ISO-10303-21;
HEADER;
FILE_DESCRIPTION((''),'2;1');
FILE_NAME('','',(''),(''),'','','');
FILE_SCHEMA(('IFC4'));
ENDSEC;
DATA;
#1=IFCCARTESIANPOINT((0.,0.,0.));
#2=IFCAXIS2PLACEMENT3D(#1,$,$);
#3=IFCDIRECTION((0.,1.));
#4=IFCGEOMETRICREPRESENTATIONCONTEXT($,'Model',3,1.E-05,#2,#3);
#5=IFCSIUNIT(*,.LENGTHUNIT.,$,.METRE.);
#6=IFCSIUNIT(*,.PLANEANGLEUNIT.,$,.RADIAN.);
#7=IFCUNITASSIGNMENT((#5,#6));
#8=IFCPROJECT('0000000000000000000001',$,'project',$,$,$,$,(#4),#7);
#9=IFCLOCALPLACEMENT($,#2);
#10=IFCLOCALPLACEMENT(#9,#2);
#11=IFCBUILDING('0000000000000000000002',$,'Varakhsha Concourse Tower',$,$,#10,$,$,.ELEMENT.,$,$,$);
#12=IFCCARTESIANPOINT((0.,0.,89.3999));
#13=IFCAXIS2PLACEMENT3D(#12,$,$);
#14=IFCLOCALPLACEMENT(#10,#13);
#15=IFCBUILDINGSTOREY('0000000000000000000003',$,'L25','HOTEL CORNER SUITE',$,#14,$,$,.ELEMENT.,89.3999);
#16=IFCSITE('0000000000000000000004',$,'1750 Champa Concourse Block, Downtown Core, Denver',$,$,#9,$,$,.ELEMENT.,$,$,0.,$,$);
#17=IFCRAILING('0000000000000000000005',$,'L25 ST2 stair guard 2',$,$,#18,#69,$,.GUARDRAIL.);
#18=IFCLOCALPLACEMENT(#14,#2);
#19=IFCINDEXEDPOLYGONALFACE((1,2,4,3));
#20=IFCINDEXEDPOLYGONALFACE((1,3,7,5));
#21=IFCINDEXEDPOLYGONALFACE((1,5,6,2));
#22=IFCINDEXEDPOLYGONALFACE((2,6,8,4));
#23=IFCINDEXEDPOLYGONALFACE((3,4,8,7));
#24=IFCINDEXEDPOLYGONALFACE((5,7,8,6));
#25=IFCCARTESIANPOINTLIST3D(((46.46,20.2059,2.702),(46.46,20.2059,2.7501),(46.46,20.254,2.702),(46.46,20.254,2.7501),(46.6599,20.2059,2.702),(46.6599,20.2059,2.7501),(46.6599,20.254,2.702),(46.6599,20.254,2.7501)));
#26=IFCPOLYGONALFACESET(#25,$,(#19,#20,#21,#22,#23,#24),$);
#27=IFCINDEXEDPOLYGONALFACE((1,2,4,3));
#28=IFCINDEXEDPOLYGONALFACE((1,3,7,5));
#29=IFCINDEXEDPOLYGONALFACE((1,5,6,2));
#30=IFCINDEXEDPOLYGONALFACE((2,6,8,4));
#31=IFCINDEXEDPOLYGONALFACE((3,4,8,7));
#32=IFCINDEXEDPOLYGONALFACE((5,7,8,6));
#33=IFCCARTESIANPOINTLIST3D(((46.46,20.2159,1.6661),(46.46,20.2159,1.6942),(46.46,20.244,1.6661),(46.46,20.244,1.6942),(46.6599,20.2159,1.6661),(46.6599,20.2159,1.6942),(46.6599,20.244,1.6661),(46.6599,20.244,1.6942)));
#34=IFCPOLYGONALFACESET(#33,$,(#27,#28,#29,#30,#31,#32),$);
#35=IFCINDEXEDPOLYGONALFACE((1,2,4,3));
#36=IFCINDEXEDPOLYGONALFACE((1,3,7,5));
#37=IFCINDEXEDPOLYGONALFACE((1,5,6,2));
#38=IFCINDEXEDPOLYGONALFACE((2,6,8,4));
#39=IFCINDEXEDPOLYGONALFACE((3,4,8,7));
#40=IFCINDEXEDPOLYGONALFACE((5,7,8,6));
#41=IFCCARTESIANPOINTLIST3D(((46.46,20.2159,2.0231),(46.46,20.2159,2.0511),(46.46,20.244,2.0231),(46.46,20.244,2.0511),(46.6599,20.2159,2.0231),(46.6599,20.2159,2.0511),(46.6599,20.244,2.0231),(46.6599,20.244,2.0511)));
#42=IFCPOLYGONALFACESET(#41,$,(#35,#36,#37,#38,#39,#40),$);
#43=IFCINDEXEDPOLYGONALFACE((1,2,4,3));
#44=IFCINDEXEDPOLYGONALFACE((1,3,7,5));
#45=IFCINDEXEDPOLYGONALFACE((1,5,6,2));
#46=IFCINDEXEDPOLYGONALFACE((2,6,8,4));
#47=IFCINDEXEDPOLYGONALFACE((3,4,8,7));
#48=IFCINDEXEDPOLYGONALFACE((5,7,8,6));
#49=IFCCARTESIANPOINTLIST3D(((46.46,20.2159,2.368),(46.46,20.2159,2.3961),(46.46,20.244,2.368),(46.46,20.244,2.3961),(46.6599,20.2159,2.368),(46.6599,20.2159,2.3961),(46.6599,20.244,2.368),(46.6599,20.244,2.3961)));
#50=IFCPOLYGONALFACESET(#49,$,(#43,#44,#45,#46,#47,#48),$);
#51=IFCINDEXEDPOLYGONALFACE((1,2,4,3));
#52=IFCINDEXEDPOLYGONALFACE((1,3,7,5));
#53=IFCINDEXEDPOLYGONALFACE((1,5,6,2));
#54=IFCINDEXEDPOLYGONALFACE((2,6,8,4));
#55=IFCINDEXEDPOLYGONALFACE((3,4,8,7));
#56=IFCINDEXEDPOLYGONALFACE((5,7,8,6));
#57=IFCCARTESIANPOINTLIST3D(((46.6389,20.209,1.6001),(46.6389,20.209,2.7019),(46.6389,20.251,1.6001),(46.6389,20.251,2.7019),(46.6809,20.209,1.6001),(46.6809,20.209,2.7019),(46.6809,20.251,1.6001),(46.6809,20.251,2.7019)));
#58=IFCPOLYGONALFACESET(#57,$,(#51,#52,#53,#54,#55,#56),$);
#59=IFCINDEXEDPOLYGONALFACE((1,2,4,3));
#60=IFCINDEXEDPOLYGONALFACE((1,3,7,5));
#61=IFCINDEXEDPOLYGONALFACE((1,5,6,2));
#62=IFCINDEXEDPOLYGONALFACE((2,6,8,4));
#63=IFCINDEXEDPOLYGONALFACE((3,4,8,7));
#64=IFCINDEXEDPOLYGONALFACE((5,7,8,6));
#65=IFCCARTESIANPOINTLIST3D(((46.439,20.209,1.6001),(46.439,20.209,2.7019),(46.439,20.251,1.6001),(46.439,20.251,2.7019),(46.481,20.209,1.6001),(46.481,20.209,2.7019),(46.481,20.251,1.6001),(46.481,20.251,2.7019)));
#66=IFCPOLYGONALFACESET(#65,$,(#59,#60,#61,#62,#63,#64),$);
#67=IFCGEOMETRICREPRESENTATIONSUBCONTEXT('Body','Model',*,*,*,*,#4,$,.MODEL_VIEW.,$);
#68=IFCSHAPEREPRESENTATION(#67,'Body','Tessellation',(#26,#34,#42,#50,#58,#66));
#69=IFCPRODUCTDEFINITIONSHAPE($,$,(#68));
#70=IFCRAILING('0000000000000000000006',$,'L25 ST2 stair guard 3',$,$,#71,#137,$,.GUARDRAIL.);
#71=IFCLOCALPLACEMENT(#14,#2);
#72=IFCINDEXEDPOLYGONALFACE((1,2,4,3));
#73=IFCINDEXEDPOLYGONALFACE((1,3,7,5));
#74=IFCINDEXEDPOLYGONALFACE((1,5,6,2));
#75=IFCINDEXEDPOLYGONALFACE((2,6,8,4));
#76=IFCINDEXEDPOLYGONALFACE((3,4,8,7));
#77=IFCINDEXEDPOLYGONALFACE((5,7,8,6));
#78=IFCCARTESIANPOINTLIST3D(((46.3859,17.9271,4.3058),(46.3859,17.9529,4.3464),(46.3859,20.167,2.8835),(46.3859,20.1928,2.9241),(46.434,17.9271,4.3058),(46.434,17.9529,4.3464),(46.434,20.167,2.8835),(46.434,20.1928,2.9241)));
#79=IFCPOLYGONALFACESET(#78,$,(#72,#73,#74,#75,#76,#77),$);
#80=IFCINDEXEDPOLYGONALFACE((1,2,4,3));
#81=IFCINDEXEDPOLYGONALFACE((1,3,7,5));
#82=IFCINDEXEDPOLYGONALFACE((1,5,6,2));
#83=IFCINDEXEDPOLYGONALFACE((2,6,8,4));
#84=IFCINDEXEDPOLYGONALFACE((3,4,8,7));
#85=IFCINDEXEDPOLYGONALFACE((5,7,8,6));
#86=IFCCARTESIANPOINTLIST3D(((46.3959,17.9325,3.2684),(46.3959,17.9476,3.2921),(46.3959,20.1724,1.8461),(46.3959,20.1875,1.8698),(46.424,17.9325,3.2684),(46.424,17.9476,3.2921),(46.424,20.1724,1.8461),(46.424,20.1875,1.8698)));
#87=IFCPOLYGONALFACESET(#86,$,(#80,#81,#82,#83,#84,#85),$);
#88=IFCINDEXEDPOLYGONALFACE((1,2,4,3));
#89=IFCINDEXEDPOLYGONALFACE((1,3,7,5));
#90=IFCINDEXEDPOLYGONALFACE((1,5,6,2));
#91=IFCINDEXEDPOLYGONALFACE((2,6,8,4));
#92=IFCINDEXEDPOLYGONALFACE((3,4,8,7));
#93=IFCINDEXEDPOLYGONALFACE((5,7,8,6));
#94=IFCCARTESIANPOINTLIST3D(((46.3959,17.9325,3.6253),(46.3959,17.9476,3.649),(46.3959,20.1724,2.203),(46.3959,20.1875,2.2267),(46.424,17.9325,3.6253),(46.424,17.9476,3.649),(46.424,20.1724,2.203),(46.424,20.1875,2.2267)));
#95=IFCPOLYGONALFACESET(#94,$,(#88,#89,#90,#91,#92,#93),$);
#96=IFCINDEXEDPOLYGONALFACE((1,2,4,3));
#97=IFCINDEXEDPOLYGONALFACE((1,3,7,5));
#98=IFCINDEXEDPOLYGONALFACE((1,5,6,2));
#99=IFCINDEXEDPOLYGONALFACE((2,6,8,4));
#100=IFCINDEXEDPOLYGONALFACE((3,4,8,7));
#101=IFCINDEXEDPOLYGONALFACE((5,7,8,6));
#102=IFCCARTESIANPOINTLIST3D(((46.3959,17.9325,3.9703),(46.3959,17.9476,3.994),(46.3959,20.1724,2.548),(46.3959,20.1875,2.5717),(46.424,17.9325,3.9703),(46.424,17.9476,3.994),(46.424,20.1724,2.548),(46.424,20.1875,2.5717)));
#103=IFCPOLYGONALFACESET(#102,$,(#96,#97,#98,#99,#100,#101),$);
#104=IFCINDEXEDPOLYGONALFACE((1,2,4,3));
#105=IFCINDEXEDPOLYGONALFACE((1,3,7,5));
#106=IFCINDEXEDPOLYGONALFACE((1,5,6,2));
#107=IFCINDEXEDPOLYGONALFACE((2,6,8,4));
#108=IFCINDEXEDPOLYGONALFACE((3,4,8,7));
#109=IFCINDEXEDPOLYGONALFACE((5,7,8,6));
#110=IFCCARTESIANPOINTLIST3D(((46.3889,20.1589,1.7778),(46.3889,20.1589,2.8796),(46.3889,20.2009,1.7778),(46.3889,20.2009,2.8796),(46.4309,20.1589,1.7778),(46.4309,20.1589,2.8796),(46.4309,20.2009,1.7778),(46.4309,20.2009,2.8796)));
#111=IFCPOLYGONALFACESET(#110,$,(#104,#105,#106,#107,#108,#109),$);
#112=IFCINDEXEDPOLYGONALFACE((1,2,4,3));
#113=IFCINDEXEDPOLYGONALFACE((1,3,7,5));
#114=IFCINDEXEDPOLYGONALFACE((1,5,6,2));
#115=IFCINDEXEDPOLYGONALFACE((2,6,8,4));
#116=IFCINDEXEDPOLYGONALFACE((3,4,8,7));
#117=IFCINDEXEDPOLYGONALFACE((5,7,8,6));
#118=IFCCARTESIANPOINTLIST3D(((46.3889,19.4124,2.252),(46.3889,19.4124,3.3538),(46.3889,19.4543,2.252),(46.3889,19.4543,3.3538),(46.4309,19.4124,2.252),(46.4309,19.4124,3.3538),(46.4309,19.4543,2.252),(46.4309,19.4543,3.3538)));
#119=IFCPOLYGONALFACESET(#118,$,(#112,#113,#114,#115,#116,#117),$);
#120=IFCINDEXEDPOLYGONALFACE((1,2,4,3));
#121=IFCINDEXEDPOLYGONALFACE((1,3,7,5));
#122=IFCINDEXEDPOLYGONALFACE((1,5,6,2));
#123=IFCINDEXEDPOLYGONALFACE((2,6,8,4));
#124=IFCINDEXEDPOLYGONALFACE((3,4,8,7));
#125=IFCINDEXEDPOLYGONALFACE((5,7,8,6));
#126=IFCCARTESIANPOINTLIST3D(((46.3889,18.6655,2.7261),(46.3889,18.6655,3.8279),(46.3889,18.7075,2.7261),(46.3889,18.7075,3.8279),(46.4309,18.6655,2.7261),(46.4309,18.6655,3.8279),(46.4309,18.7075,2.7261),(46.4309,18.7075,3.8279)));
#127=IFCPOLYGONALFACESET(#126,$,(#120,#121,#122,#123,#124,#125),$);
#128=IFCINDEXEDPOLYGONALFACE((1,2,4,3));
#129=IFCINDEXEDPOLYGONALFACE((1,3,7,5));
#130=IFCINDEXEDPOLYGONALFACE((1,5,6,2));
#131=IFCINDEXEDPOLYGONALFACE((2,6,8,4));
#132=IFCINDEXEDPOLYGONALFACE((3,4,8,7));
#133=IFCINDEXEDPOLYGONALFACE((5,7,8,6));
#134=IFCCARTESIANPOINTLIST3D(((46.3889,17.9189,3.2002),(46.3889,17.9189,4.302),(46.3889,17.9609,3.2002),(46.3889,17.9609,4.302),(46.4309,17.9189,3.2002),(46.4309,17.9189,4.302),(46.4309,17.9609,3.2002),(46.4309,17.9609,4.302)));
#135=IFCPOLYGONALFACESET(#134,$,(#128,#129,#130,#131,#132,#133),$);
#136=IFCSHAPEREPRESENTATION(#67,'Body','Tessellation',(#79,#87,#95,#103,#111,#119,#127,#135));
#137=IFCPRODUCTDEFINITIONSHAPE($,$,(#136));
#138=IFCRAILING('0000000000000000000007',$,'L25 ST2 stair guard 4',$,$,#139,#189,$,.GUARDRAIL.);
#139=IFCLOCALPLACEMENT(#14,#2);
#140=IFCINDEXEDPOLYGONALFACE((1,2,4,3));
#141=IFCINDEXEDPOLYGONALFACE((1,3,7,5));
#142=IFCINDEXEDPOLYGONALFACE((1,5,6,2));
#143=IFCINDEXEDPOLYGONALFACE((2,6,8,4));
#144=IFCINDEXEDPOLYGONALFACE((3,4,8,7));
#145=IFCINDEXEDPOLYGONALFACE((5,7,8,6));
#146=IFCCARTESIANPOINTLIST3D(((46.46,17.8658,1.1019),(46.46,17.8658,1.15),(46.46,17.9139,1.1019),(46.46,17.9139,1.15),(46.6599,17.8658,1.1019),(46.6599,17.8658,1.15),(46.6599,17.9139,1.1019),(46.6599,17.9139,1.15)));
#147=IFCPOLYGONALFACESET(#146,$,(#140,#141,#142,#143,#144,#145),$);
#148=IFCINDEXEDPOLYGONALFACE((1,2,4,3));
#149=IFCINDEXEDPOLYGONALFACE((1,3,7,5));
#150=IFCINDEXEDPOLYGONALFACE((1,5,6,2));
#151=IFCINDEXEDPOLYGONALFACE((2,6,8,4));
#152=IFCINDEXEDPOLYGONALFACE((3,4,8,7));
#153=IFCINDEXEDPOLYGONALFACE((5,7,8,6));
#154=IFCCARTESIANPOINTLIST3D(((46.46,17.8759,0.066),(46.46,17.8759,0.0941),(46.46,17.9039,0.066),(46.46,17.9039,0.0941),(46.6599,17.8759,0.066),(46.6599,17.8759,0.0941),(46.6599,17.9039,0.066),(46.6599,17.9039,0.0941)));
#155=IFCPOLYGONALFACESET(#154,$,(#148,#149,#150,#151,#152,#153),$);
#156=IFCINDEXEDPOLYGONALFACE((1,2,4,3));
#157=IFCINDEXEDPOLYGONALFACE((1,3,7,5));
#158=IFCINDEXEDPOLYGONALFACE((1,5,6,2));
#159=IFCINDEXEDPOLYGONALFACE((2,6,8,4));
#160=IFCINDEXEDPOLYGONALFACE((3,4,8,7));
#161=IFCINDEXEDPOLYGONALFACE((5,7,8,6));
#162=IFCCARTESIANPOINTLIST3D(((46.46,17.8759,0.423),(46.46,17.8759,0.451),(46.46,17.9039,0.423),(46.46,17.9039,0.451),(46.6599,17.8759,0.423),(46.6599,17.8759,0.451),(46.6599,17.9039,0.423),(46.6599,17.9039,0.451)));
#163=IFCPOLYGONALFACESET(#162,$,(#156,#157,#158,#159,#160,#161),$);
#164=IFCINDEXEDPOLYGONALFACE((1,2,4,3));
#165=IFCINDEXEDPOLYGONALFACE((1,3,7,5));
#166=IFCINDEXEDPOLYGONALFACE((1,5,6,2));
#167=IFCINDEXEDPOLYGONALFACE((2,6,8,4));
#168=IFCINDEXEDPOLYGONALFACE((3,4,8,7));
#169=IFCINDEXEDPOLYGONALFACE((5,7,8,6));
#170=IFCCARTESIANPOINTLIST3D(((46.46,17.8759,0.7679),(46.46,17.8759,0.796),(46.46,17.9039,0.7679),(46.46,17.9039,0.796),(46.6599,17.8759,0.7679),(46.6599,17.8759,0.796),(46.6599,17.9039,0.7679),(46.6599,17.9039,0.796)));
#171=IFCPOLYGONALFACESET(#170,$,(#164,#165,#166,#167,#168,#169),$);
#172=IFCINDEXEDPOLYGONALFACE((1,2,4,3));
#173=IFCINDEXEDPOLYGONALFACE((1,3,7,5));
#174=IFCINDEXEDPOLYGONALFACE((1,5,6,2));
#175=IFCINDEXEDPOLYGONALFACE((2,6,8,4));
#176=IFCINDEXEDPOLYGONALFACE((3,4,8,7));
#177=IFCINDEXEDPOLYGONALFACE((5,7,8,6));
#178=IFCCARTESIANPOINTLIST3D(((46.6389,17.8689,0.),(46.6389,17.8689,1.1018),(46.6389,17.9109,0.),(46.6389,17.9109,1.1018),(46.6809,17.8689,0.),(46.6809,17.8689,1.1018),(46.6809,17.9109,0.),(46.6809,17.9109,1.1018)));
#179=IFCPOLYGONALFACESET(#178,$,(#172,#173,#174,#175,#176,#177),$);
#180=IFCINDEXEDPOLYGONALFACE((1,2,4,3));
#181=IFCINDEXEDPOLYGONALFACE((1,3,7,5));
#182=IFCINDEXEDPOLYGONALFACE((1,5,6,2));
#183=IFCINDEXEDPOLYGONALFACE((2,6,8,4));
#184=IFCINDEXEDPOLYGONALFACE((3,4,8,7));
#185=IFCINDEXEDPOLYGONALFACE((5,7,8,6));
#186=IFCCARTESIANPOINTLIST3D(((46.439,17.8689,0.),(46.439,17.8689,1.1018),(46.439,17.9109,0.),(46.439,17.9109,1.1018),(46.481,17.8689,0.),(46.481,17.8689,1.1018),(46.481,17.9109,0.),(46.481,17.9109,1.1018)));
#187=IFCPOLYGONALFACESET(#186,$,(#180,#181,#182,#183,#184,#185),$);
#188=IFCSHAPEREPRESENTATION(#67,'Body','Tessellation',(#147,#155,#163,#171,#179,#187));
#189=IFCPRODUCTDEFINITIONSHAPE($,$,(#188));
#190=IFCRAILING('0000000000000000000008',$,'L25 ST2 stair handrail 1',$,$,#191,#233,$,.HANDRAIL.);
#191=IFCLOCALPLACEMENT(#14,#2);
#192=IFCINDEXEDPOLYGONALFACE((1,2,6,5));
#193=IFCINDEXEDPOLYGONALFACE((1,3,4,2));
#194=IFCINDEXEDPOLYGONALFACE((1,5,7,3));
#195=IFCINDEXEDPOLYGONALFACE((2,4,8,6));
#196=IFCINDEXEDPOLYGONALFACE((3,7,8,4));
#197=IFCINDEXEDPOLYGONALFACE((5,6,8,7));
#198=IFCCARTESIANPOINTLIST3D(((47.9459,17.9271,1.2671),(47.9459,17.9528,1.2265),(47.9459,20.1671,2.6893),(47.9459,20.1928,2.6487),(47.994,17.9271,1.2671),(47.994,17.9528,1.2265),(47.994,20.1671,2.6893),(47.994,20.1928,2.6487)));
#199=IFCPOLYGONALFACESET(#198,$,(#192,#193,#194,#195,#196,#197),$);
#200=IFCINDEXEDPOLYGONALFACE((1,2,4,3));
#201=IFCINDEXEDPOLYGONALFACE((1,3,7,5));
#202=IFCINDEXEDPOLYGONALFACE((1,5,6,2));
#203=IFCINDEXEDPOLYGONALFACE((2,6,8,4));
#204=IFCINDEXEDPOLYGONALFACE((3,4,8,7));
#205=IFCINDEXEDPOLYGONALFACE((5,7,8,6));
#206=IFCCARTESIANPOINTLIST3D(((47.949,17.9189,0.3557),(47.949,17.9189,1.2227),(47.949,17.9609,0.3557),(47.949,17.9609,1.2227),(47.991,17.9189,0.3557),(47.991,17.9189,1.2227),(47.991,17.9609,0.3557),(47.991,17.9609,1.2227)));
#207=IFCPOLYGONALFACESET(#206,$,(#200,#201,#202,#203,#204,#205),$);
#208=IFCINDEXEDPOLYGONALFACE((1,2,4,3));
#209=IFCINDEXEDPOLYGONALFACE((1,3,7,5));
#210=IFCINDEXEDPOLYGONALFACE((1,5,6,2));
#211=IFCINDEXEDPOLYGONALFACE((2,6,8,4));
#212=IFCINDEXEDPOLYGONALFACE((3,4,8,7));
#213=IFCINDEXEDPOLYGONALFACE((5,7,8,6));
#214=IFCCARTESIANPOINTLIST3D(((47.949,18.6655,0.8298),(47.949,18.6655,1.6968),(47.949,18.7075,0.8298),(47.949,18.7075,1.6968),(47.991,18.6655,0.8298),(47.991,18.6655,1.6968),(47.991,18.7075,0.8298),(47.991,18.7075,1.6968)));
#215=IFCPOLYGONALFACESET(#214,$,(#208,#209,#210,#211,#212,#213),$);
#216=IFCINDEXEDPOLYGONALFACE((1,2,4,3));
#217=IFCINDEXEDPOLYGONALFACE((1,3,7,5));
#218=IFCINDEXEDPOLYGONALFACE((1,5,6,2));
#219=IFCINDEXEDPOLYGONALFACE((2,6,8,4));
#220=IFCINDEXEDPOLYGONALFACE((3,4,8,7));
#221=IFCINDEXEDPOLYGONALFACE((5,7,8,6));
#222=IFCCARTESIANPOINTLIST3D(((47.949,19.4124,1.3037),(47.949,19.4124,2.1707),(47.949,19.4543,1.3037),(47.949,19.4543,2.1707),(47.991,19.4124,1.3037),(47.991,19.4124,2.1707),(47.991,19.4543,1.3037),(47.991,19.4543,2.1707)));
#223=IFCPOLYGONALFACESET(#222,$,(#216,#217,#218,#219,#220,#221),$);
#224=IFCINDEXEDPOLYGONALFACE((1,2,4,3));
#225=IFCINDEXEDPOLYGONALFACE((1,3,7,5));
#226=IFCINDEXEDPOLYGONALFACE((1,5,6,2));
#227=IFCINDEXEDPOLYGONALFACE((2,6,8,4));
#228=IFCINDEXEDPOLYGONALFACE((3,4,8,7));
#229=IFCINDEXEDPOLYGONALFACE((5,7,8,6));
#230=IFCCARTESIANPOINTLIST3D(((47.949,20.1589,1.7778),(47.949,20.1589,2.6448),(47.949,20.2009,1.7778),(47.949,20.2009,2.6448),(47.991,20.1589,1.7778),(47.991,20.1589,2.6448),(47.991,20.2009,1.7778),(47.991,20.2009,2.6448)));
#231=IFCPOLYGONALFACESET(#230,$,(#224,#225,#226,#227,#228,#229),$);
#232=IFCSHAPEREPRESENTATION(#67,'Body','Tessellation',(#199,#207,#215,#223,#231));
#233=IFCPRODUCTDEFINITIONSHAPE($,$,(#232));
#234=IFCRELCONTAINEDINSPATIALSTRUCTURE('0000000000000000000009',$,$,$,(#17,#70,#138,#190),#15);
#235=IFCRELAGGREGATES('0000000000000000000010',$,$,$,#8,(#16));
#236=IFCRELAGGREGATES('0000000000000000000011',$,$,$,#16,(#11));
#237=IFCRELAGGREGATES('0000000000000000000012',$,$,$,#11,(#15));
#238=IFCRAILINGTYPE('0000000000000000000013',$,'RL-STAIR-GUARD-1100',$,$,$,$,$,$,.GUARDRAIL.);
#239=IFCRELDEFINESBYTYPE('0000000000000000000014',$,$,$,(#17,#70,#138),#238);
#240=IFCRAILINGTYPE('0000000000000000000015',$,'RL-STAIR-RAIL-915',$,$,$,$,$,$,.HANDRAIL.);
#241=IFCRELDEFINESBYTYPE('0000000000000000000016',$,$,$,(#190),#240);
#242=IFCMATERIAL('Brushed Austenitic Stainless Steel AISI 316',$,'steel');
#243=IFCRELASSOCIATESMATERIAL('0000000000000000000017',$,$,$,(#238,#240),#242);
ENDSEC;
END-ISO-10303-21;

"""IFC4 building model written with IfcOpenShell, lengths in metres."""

from ifc_helpers import new_model, si_unit, direction, frame, origin, origin_2d, place, context, subcontext, project, spatial, rectangle, extrude, material, type_object, element, save


model = new_model("IFC4")

# Units and contexts
model_context = context("Model", 3, precision=1e-05, world=origin(), true_north=direction((0.0, 1.0)))
body_context = subcontext(model_context, "Body", "Model", "MODEL_VIEW")
ifc_project = project(units=[si_unit("LENGTHUNIT", "METRE"), si_unit("PLANEANGLEUNIT", "RADIAN")], contexts=[model_context])

# Site, building, storey
site_placement = place(None, origin())
site = spatial("IfcSite", under=ifc_project, at=site_placement, Name="1750 Champa Concourse Block, Downtown Core, Denver", CompositionType="ELEMENT", RefElevation=0.0)
building_placement = place(site_placement, origin())
building = spatial("IfcBuilding", under=site, at=building_placement, Name="Varakhsha Concourse Tower", CompositionType="ELEMENT")
storey_placement = place(building_placement, frame((0.0, 0.0, 89.3999)))
storey = spatial("IfcBuildingStorey", under=building, at=storey_placement, Name="L25", Description="HOTEL CORNER SUITE", CompositionType="ELEMENT", Elevation=89.3999)

# Railings
ifc_material_1 = material(Name="Brushed Austenitic Stainless Steel AISI 316", Category="steel")
railing_type_1 = type_object("IfcRailingType", Name="RL-STAIR-GUARD-1100", PredefinedType="GUARDRAIL", material=ifc_material_1)
railing_1_placement = place(storey_placement, frame((46.6599, 20.23, 1.6001)))
element("IfcRailing", 1, at=railing_1_placement, inside=storey, type_object=railing_type_1, Name="L25 ST2 stair guard 2", PredefinedType="GUARDRAIL", context=body_context, shape_type="SweptSolid", body=[
    extrude(rectangle(XDim=0.0481, YDim=0.0481, at=origin_2d()), frame((0.0, 0.0, 1.126), z_axis=(-1.0, 0.0, 0.0), x_axis=(0.0, -1.0, 0.0)), (0.0, 0.0, 1.0), 0.2),
    extrude(rectangle(XDim=0.0281, YDim=0.0281, at=origin_2d()), frame((0.0, 0.0, 0.0801), z_axis=(-1.0, 0.0, 0.0), x_axis=(0.0, -1.0, 0.0)), (0.0, 0.0, 1.0), 0.2),
    extrude(rectangle(XDim=0.0281, YDim=0.0281, at=origin_2d()), frame((0.0, 0.0, 0.437), z_axis=(-1.0, 0.0, 0.0), x_axis=(0.0, -1.0, 0.0)), (0.0, 0.0, 1.0), 0.2),
    extrude(rectangle(XDim=0.0281, YDim=0.0281, at=origin_2d()), frame((0.0, 0.0, 0.782), z_axis=(-1.0, 0.0, 0.0), x_axis=(0.0, -1.0, 0.0)), (0.0, 0.0, 1.0), 0.2),
    extrude(rectangle(XDim=0.042, YDim=0.042, at=origin_2d()), origin(), (0.0, 0.0, 1.0), 1.1018),
    extrude(rectangle(XDim=0.042, YDim=0.042, at=origin_2d()), frame((-0.2, 0.0, 0.0)), (0.0, 0.0, 1.0), 1.1018),
])
railing_2_placement = place(storey_placement, frame((46.4099, 20.1799, 1.7778)))
element("IfcRailing", 2, at=railing_2_placement, inside=storey, type_object=railing_type_1, Name="L25 ST2 stair guard 3", PredefinedType="GUARDRAIL", context=body_context, shape_type="SweptSolid", body=[
    extrude(rectangle(XDim=0.0481, YDim=0.0481, at=origin_2d()), frame((0.0, 0.0, 1.126), z_axis=(0.0, -0.844188, 0.536048), x_axis=(1.0, 0.0, 0.0)), (0.0, 0.0, 1.0), 2.6533),
    extrude(rectangle(XDim=0.0281, YDim=0.0281, at=origin_2d()), frame((0.0, 0.0, 0.0801), z_axis=(0.0, -0.844188, 0.536048), x_axis=(1.0, 0.0, 0.0)), (0.0, 0.0, 1.0), 2.6533),
    extrude(rectangle(XDim=0.0281, YDim=0.0281, at=origin_2d()), frame((0.0, 0.0, 0.437), z_axis=(0.0, -0.844188, 0.536048), x_axis=(1.0, 0.0, 0.0)), (0.0, 0.0, 1.0), 2.6533),
    extrude(rectangle(XDim=0.0281, YDim=0.0281, at=origin_2d()), frame((0.0, 0.0, 0.782), z_axis=(0.0, -0.844188, 0.536048), x_axis=(1.0, 0.0, 0.0)), (0.0, 0.0, 1.0), 2.6533),
    extrude(rectangle(XDim=0.042, YDim=0.042, at=origin_2d()), origin(), (0.0, 0.0, 1.0), 1.1018),
    extrude(rectangle(XDim=0.042, YDim=0.042, at=origin_2d()), frame((0.0, -0.7466, 0.4741)), (0.0, 0.0, 1.0), 1.1018),
    extrude(rectangle(XDim=0.042, YDim=0.042, at=origin_2d()), frame((0.0, -1.4934, 0.9482)), (0.0, 0.0, 1.0), 1.1018),
    extrude(rectangle(XDim=0.042, YDim=0.042, at=origin_2d()), frame((0.0, -2.24, 1.4224)), (0.0, 0.0, 1.0), 1.1018),
])
railing_3_placement = place(storey_placement, frame((46.6599, 17.8899, 0.0)))
element("IfcRailing", 3, at=railing_3_placement, inside=storey, type_object=railing_type_1, Name="L25 ST2 stair guard 4", PredefinedType="GUARDRAIL", context=body_context, shape_type="SweptSolid", body=[
    extrude(rectangle(XDim=0.0481, YDim=0.0481, at=origin_2d()), frame((0.0, 0.0, 1.126), z_axis=(-1.0, 0.0, 0.0), x_axis=(0.0, -1.0, 0.0)), (0.0, 0.0, 1.0), 0.2),
    extrude(rectangle(XDim=0.0281, YDim=0.0281, at=origin_2d()), frame((0.0, 0.0, 0.0801), z_axis=(-1.0, 0.0, 0.0), x_axis=(0.0, -1.0, 0.0)), (0.0, 0.0, 1.0), 0.2),
    extrude(rectangle(XDim=0.0281, YDim=0.0281, at=origin_2d()), frame((0.0, 0.0, 0.437), z_axis=(-1.0, 0.0, 0.0), x_axis=(0.0, -1.0, 0.0)), (0.0, 0.0, 1.0), 0.2),
    extrude(rectangle(XDim=0.0281, YDim=0.0281, at=origin_2d()), frame((0.0, 0.0, 0.782), z_axis=(-1.0, 0.0, 0.0), x_axis=(0.0, -1.0, 0.0)), (0.0, 0.0, 1.0), 0.2),
    extrude(rectangle(XDim=0.042, YDim=0.042, at=origin_2d()), origin(), (0.0, 0.0, 1.0), 1.1018),
    extrude(rectangle(XDim=0.042, YDim=0.042, at=origin_2d()), frame((-0.2, 0.0, 0.0)), (0.0, 0.0, 1.0), 1.1018),
])
railing_type_2 = type_object("IfcRailingType", Name="RL-STAIR-RAIL-915", PredefinedType="HANDRAIL", material=ifc_material_1)
railing_4_placement = place(storey_placement, frame((47.97, 17.9399, 0.3557)))
element("IfcRailing", 4, at=railing_4_placement, inside=storey, type_object=railing_type_2, Name="L25 ST2 stair handrail 1", PredefinedType="HANDRAIL", context=body_context, shape_type="SweptSolid", body=[
    extrude(rectangle(XDim=0.0481, YDim=0.0481, at=origin_2d()), frame((0.0, 0.0, 0.8911), z_axis=(0.0, 0.844229, 0.535982), x_axis=(-1.0, 0.0, 0.0)), (0.0, 0.0, 1.0), 2.6533),
    extrude(rectangle(XDim=0.042, YDim=0.042, at=origin_2d()), origin(), (0.0, 0.0, 1.0), 0.8669),
    extrude(rectangle(XDim=0.042, YDim=0.042, at=origin_2d()), frame((0.0, 0.7466, 0.4741)), (0.0, 0.0, 1.0), 0.8669),
    extrude(rectangle(XDim=0.042, YDim=0.042, at=origin_2d()), frame((0.0, 1.4934, 0.948)), (0.0, 0.0, 1.0), 0.8669),
    extrude(rectangle(XDim=0.042, YDim=0.042, at=origin_2d()), frame((0.0, 2.24, 1.4221)), (0.0, 0.0, 1.0), 0.8669),
])

save(model, "model.ifc")
